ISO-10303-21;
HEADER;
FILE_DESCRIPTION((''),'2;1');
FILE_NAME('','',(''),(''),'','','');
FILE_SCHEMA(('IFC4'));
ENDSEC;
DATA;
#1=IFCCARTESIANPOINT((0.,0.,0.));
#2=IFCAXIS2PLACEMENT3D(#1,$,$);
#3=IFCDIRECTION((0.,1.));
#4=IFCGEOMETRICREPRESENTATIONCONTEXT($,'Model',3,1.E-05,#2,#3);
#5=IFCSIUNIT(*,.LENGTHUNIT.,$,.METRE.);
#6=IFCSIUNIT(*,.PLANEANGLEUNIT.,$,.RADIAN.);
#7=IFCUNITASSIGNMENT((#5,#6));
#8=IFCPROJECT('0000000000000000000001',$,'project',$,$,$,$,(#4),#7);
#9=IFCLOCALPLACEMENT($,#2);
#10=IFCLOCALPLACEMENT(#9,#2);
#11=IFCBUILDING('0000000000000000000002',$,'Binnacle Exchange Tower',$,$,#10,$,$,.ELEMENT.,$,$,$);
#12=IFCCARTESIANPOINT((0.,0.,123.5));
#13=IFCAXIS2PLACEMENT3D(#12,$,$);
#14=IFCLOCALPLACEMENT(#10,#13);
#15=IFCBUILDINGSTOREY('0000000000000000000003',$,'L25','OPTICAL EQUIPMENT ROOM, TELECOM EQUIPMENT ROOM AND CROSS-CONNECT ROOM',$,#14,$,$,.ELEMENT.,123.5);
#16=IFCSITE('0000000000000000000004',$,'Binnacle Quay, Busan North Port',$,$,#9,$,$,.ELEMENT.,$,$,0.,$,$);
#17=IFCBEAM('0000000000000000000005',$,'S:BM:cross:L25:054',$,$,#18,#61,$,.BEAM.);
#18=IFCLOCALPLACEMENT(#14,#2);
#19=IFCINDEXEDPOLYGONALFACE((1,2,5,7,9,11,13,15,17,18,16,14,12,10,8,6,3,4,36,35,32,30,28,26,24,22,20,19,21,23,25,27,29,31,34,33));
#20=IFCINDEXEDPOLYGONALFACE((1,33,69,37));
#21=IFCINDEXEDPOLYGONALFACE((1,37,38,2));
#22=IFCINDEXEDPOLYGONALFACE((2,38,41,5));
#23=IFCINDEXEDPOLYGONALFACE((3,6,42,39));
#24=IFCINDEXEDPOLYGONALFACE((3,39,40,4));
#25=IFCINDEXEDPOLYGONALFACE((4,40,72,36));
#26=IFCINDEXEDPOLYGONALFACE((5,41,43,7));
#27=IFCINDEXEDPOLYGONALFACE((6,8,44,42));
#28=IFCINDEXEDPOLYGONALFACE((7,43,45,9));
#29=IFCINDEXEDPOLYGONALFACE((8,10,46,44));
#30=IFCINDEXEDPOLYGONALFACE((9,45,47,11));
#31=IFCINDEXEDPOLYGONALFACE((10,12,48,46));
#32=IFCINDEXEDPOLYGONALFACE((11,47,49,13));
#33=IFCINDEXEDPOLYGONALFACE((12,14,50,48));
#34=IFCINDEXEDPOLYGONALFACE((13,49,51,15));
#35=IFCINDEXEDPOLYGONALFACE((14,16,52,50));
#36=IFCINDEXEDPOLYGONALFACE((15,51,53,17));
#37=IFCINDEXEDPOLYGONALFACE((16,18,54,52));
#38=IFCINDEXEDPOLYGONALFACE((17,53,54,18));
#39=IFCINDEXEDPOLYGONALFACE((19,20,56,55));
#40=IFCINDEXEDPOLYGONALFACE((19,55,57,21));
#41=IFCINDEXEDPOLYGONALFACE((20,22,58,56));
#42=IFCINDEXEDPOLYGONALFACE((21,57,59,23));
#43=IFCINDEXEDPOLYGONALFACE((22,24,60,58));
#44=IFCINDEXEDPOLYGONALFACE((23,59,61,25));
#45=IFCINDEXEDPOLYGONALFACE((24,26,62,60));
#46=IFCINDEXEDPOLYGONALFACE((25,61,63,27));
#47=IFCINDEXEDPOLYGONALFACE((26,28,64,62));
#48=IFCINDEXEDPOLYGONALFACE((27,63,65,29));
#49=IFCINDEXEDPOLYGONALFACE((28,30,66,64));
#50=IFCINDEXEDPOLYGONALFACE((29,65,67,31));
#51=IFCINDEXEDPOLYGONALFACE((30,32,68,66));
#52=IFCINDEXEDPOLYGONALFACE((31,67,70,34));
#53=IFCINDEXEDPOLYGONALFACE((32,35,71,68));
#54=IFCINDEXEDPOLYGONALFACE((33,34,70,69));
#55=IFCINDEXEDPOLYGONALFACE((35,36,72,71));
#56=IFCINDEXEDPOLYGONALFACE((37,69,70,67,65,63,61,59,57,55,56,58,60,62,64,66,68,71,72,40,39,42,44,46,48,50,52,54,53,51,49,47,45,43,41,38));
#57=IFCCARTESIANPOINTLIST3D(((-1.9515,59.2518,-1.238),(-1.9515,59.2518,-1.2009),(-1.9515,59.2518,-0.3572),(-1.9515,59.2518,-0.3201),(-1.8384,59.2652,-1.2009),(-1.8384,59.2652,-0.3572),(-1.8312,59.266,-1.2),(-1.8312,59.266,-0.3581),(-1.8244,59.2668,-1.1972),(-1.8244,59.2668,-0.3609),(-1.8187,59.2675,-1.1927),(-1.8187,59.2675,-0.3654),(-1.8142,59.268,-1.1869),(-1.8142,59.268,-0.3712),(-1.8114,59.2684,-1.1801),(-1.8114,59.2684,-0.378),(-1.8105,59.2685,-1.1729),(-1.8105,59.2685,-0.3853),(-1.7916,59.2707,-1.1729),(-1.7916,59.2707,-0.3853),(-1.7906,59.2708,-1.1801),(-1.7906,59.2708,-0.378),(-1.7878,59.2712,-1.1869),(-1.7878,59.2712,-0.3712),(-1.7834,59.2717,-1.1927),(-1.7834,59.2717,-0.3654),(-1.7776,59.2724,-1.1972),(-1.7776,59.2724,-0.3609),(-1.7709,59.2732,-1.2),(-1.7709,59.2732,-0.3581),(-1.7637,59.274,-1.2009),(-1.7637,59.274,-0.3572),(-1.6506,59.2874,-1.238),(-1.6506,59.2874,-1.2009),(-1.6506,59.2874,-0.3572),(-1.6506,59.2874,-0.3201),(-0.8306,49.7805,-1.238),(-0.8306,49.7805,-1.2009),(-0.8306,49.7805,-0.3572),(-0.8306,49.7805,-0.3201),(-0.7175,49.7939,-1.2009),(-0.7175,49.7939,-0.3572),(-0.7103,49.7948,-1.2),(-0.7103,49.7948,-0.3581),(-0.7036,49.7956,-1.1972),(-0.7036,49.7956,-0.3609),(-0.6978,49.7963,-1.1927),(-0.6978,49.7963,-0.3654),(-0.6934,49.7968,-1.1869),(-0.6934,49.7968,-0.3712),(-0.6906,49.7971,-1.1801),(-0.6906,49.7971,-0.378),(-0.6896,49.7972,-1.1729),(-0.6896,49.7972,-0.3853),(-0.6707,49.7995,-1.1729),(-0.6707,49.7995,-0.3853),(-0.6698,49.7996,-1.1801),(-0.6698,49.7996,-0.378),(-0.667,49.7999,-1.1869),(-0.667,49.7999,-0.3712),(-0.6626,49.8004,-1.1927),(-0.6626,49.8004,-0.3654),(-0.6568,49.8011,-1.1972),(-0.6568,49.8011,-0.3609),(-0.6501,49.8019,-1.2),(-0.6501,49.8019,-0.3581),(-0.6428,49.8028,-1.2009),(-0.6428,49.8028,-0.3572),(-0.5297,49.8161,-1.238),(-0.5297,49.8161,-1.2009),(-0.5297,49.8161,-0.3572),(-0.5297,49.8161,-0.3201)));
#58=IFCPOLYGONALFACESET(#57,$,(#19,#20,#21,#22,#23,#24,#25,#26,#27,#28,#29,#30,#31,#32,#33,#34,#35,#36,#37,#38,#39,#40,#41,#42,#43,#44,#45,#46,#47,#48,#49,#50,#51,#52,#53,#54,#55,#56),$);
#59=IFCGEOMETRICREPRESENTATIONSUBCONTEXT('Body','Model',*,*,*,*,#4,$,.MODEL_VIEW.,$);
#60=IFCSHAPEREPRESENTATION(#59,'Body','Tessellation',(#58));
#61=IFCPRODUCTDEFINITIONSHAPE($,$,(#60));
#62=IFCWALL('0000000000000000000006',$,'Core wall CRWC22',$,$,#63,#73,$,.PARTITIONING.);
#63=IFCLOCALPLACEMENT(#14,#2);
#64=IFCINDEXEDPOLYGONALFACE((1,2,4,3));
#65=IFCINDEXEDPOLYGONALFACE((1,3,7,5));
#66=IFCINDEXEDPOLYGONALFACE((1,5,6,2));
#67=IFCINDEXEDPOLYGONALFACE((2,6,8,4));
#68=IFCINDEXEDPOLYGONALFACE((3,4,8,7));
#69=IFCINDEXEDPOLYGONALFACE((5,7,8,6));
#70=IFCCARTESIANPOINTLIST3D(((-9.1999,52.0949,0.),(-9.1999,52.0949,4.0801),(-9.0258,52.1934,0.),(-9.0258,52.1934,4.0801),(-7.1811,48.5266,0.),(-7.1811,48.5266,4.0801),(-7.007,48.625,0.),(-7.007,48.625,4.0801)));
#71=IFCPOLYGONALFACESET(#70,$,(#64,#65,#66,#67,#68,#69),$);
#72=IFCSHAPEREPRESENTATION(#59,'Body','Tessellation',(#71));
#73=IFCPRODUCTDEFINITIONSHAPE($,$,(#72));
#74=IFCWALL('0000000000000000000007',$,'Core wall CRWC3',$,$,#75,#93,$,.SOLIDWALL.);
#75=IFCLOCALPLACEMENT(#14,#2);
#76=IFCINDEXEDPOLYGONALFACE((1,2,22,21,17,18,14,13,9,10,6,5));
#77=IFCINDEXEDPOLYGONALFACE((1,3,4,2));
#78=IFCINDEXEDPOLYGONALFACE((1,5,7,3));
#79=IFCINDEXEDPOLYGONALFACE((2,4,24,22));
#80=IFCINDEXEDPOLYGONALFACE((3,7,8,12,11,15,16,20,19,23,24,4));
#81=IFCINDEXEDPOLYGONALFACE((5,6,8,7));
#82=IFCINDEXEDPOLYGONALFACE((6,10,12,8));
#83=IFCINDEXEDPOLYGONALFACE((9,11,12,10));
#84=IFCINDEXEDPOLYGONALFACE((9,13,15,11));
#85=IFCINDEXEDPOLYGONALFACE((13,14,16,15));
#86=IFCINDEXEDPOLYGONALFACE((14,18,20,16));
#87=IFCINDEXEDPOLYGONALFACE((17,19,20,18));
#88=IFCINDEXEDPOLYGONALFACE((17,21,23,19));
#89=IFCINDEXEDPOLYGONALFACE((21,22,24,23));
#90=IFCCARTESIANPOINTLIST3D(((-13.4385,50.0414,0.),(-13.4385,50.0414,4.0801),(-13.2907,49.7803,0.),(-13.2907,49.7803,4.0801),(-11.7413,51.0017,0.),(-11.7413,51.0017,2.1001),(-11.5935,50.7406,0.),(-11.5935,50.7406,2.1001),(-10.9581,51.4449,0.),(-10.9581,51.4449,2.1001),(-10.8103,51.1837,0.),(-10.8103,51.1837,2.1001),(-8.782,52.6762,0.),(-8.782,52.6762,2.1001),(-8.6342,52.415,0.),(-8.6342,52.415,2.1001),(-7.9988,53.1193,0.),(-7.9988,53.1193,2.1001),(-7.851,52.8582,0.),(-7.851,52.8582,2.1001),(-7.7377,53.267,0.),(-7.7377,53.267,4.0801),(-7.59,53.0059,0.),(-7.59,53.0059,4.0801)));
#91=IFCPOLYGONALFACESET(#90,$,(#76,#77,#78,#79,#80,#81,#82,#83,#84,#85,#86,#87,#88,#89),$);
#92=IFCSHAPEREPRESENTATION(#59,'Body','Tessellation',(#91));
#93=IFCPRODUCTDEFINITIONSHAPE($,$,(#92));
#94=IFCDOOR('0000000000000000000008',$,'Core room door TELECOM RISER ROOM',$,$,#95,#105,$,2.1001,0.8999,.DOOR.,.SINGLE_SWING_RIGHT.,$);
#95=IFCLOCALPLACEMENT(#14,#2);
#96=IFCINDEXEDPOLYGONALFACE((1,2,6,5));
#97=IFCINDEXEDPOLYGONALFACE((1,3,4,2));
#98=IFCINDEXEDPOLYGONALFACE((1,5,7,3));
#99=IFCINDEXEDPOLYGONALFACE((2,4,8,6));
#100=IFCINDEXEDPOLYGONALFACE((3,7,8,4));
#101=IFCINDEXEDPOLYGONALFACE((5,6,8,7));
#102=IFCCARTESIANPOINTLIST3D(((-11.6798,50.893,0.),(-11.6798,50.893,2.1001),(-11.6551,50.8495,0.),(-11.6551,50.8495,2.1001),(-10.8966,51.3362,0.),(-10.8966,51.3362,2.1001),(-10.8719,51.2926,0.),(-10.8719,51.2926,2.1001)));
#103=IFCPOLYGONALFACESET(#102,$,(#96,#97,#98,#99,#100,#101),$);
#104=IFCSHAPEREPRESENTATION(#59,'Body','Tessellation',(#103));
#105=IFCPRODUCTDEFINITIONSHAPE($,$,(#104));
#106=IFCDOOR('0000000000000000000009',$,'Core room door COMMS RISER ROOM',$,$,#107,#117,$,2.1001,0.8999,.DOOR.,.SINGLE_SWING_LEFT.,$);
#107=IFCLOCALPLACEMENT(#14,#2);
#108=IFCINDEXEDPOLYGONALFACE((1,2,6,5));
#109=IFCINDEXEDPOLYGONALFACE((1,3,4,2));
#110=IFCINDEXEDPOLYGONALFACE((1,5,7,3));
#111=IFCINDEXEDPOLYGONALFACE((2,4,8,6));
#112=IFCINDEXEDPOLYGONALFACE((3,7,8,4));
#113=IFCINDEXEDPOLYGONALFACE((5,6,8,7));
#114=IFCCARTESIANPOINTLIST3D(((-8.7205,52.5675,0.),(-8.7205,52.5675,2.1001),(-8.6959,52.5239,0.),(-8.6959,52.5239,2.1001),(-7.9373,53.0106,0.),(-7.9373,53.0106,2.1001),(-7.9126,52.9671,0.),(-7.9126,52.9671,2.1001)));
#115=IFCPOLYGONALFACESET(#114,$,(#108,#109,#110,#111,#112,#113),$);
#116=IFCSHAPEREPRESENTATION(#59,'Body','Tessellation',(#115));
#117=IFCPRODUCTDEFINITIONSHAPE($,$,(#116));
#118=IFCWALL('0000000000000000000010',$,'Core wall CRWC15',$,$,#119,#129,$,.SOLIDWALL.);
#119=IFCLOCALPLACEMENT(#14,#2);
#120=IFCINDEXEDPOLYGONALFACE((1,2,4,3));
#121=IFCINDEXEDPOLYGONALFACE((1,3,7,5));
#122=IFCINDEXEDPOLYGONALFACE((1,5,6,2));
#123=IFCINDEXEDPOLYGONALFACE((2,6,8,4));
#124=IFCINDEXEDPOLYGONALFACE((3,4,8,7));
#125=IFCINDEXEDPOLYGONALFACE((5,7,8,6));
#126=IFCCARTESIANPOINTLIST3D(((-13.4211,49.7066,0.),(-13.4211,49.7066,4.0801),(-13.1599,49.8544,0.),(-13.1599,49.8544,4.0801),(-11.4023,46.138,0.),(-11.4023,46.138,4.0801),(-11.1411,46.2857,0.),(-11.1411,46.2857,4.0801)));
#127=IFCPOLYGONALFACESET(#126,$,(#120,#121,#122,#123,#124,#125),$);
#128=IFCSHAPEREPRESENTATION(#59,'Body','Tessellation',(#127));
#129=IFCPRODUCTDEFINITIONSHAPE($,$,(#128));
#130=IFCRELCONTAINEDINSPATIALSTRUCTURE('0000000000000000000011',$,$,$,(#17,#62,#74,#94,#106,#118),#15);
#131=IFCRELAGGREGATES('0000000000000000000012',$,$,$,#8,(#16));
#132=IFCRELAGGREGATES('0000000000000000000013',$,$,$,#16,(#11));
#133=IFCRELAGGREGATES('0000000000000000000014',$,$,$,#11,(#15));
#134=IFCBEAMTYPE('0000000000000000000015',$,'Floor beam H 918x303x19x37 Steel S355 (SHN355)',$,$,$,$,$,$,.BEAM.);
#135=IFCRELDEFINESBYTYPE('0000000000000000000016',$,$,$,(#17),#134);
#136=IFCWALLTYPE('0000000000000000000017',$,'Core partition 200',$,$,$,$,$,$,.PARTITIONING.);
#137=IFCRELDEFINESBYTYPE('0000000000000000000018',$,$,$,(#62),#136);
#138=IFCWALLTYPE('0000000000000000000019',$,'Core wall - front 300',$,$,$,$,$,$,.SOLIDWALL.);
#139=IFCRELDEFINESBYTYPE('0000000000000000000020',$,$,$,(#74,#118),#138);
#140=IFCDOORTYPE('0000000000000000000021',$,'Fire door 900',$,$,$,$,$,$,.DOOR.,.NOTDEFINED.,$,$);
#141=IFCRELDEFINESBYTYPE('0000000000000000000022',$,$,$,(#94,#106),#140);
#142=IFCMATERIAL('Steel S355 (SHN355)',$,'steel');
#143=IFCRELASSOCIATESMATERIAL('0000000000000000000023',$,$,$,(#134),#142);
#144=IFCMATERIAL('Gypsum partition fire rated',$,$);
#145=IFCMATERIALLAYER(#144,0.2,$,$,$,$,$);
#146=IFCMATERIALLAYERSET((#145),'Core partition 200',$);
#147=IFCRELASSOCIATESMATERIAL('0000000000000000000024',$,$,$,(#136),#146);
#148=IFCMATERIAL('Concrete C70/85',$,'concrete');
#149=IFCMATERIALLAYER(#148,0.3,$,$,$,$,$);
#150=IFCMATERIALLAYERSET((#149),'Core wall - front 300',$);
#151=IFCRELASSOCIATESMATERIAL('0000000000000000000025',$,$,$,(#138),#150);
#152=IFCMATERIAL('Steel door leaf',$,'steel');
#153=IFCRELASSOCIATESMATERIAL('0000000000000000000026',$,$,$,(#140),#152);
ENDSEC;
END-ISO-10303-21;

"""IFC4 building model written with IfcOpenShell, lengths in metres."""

from ifc_helpers import new_model, si_unit, direction, frame, frame_2d, origin, origin_2d, place, context, subcontext, project, spatial, rectangle, i_section, extrude, material, layer, layer_set, material_profile, profile_set, type_object, element, fill, save


model = new_model("IFC4")

# Units and contexts
model_context = context("Model", 3, precision=1e-05, world=origin(), true_north=direction((0.0, 1.0)))
body_context = subcontext(model_context, "Body", "Model", "MODEL_VIEW")
ifc_project = project(units=[si_unit("LENGTHUNIT", "METRE"), si_unit("PLANEANGLEUNIT", "RADIAN")], contexts=[model_context])

# Site, building, storey
site_placement = place(None, origin())
site = spatial("IfcSite", under=ifc_project, at=site_placement, Name="Binnacle Quay, Busan North Port", CompositionType="ELEMENT", RefElevation=0.0)
building_placement = place(site_placement, origin())
building = spatial("IfcBuilding", under=site, at=building_placement, Name="Binnacle Exchange Tower", CompositionType="ELEMENT")
storey_placement = place(building_placement, frame((0.0, 0.0, 123.5)))
storey = spatial("IfcBuildingStorey", under=building, at=storey_placement, Name="L25", Description="OPTICAL EQUIPMENT ROOM, TELECOM EQUIPMENT ROOM AND CROSS-CONNECT ROOM", CompositionType="ELEMENT", Elevation=123.5)

# Shared definitions
ifc_material_1 = material(Name="Concrete C70/85", Category="concrete")

# Beam
ifc_material_2 = material(Name="Steel S355 (SHN355)", Category="steel")
ifc_material_profile_1 = material_profile(ifc_material_2, i_section(OverallWidth=0.303, OverallDepth=0.918, WebThickness=0.019, FlangeThickness=0.0371, FilletRadius=0.0281, at=origin_2d()), Name="H 918x303x19x37")
ifc_profile_set_1 = profile_set([ifc_material_profile_1], Name="Steel S355 (SHN355)")
beam_type_1 = type_object("IfcBeamType", Name="Floor beam H 918x303x19x37 Steel S355 (SHN355)", PredefinedType="BEAM", material=ifc_profile_set_1)
beam_1_placement = place(storey_placement, frame((-0.6802, 49.7983, -0.7791), z_axis=(-0.117523, 0.99307, 0.0), x_axis=(-0.99307, -0.117523, 0.0)))
element("IfcBeam", 1, at=beam_1_placement, inside=storey, type_object=beam_type_1, Name="S:BM:cross:L25:054", PredefinedType="BEAM", context=body_context, shape_type="SweptSolid", body=[
    extrude(i_section(OverallWidth=0.303, OverallDepth=0.918, WebThickness=0.019, FlangeThickness=0.0371, FilletRadius=0.0281, at=origin_2d()), origin(), (0.0, 0.0, 1.0), 9.5374),
])

# Wall
ifc_material_3 = material(Name="Gypsum partition fire rated")
ifc_layer_1 = layer(ifc_material_3, 0.2)
ifc_layer_set_1 = layer_set([ifc_layer_1], Name="Core partition 200")
wall_type_1 = type_object("IfcWallType", Name="Core partition 200", PredefinedType="PARTITIONING", material=ifc_layer_set_1)
wall_1_placement = place(storey_placement, frame((-9.1128, 52.144, 0.0), z_axis=(0.0, 0.0, 1.0), x_axis=(0.492408, -0.870364, 0.0)))
element("IfcWall", 2, at=wall_1_placement, inside=storey, type_object=wall_type_1, Name="Core wall CRWC22", PredefinedType="PARTITIONING", context=body_context, shape_type="SweptSolid", body=[
    extrude(rectangle(XDim=4.0999, YDim=0.2, at=frame_2d((2.0498, 0.0))), origin(), (0.0, 0.0, 1.0), 4.0801),
])

# Wall, openings, doors
ifc_layer_2 = layer(ifc_material_1, 0.3)
ifc_layer_set_2 = layer_set([ifc_layer_2], Name="Core wall - front 300")
wall_type_2 = type_object("IfcWallType", Name="Core wall - front 300", PredefinedType="SOLIDWALL", material=ifc_layer_set_2)
wall_2_placement = place(storey_placement, frame((-13.3645, 49.9109, 0.0), z_axis=(0.0, 0.0, 1.0), x_axis=(0.870336, 0.492458, 0.0)))
wall_2 = element("IfcWall", 3, at=wall_2_placement, inside=storey, type_object=wall_type_2, Name="Core wall CRWC3", PredefinedType="SOLIDWALL", context=body_context, shape_type="SweptSolid", body=[
    extrude(rectangle(XDim=6.55, YDim=0.3, at=frame_2d((3.2749, 0.0))), origin(), (0.0, 0.0, 1.0), 4.0801),
])
opening_1_placement = place(wall_2_placement, frame((1.95, 0.0, 0.0)))
opening_1 = element("IfcOpeningElement", 4, at=opening_1_placement, cuts=wall_2, PredefinedType="OPENING", context=body_context, shape_type="SweptSolid", body=[
    extrude(rectangle(XDim=0.8999, YDim=2.1001, at=frame_2d((0.45, 1.05))), frame((0.0, 0.1599, 0.0), z_axis=(0.0, -1.0, 0.0), x_axis=(1.0, 0.0, 0.0)), (0.0, 0.0, 1.0), 0.3201),
])
opening_2_placement = place(wall_2_placement, frame((5.3501, 0.0, 0.0)))
opening_2 = element("IfcOpeningElement", 5, at=opening_2_placement, cuts=wall_2, PredefinedType="OPENING", context=body_context, shape_type="SweptSolid", body=[
    extrude(rectangle(XDim=0.8999, YDim=2.1001, at=frame_2d((0.45, 1.05))), frame((0.0, 0.1599, 0.0), z_axis=(0.0, -1.0, 0.0), x_axis=(1.0, 0.0, 0.0)), (0.0, 0.0, 1.0), 0.3201),
])
ifc_material_4 = material(Name="Steel door leaf", Category="steel")
door_type = type_object("IfcDoorType", Name="Fire door 900", OperationType="NOTDEFINED", PredefinedType="DOOR", material=ifc_material_4)
door_1_placement = place(opening_1_placement, frame((0.8999, 0.0, 0.0), z_axis=(0.0, 0.0, 1.0), x_axis=(-1.0, 0.0, 0.0)))
door_1 = element("IfcDoor", 6, at=door_1_placement, inside=storey, type_object=door_type, Name="Core room door TELECOM RISER ROOM", OperationType="SINGLE_SWING_RIGHT", OverallHeight=2.1001, OverallWidth=0.8999, PredefinedType="DOOR", context=body_context, shape_type="SweptSolid", body=[
    extrude(rectangle(XDim=0.8999, YDim=2.1001, at=frame_2d((0.45, 1.05))), frame((0.0, 0.0249, 0.0), z_axis=(0.0, -1.0, 0.0), x_axis=(1.0, 0.0, 0.0)), (0.0, 0.0, 1.0), 0.05),
])
fill(opening_1, door_1)
door_2_placement = place(opening_2_placement, frame((0.8999, 0.0, 0.0), z_axis=(0.0, 0.0, 1.0), x_axis=(-1.0, 0.0, 0.0)))
door_2 = element("IfcDoor", 7, at=door_2_placement, inside=storey, type_object=door_type, Name="Core room door COMMS RISER ROOM", OperationType="SINGLE_SWING_LEFT", OverallHeight=2.1001, OverallWidth=0.8999, PredefinedType="DOOR", context=body_context, shape_type="SweptSolid", body=[
    extrude(rectangle(XDim=0.8999, YDim=2.1001, at=frame_2d((0.45, 1.05))), frame((0.0, 0.0249, 0.0), z_axis=(0.0, -1.0, 0.0), x_axis=(1.0, 0.0, 0.0)), (0.0, 0.0, 1.0), 0.05),
])
fill(opening_2, door_2)

# Wall
wall_3_placement = place(storey_placement, frame((-13.2905, 49.7805, 0.0), z_axis=(0.0, 0.0, 1.0), x_axis=(0.492383, -0.870379, 0.0)))
element("IfcWall", 8, at=wall_3_placement, inside=storey, type_object=wall_type_2, Name="Core wall CRWC15", PredefinedType="SOLIDWALL", context=body_context, shape_type="SweptSolid", body=[
    extrude(rectangle(XDim=4.1001, YDim=0.3, at=frame_2d((2.05, 0.0))), origin(), (0.0, 0.0, 1.0), 4.0801),
])

save(model, "model.ifc")
